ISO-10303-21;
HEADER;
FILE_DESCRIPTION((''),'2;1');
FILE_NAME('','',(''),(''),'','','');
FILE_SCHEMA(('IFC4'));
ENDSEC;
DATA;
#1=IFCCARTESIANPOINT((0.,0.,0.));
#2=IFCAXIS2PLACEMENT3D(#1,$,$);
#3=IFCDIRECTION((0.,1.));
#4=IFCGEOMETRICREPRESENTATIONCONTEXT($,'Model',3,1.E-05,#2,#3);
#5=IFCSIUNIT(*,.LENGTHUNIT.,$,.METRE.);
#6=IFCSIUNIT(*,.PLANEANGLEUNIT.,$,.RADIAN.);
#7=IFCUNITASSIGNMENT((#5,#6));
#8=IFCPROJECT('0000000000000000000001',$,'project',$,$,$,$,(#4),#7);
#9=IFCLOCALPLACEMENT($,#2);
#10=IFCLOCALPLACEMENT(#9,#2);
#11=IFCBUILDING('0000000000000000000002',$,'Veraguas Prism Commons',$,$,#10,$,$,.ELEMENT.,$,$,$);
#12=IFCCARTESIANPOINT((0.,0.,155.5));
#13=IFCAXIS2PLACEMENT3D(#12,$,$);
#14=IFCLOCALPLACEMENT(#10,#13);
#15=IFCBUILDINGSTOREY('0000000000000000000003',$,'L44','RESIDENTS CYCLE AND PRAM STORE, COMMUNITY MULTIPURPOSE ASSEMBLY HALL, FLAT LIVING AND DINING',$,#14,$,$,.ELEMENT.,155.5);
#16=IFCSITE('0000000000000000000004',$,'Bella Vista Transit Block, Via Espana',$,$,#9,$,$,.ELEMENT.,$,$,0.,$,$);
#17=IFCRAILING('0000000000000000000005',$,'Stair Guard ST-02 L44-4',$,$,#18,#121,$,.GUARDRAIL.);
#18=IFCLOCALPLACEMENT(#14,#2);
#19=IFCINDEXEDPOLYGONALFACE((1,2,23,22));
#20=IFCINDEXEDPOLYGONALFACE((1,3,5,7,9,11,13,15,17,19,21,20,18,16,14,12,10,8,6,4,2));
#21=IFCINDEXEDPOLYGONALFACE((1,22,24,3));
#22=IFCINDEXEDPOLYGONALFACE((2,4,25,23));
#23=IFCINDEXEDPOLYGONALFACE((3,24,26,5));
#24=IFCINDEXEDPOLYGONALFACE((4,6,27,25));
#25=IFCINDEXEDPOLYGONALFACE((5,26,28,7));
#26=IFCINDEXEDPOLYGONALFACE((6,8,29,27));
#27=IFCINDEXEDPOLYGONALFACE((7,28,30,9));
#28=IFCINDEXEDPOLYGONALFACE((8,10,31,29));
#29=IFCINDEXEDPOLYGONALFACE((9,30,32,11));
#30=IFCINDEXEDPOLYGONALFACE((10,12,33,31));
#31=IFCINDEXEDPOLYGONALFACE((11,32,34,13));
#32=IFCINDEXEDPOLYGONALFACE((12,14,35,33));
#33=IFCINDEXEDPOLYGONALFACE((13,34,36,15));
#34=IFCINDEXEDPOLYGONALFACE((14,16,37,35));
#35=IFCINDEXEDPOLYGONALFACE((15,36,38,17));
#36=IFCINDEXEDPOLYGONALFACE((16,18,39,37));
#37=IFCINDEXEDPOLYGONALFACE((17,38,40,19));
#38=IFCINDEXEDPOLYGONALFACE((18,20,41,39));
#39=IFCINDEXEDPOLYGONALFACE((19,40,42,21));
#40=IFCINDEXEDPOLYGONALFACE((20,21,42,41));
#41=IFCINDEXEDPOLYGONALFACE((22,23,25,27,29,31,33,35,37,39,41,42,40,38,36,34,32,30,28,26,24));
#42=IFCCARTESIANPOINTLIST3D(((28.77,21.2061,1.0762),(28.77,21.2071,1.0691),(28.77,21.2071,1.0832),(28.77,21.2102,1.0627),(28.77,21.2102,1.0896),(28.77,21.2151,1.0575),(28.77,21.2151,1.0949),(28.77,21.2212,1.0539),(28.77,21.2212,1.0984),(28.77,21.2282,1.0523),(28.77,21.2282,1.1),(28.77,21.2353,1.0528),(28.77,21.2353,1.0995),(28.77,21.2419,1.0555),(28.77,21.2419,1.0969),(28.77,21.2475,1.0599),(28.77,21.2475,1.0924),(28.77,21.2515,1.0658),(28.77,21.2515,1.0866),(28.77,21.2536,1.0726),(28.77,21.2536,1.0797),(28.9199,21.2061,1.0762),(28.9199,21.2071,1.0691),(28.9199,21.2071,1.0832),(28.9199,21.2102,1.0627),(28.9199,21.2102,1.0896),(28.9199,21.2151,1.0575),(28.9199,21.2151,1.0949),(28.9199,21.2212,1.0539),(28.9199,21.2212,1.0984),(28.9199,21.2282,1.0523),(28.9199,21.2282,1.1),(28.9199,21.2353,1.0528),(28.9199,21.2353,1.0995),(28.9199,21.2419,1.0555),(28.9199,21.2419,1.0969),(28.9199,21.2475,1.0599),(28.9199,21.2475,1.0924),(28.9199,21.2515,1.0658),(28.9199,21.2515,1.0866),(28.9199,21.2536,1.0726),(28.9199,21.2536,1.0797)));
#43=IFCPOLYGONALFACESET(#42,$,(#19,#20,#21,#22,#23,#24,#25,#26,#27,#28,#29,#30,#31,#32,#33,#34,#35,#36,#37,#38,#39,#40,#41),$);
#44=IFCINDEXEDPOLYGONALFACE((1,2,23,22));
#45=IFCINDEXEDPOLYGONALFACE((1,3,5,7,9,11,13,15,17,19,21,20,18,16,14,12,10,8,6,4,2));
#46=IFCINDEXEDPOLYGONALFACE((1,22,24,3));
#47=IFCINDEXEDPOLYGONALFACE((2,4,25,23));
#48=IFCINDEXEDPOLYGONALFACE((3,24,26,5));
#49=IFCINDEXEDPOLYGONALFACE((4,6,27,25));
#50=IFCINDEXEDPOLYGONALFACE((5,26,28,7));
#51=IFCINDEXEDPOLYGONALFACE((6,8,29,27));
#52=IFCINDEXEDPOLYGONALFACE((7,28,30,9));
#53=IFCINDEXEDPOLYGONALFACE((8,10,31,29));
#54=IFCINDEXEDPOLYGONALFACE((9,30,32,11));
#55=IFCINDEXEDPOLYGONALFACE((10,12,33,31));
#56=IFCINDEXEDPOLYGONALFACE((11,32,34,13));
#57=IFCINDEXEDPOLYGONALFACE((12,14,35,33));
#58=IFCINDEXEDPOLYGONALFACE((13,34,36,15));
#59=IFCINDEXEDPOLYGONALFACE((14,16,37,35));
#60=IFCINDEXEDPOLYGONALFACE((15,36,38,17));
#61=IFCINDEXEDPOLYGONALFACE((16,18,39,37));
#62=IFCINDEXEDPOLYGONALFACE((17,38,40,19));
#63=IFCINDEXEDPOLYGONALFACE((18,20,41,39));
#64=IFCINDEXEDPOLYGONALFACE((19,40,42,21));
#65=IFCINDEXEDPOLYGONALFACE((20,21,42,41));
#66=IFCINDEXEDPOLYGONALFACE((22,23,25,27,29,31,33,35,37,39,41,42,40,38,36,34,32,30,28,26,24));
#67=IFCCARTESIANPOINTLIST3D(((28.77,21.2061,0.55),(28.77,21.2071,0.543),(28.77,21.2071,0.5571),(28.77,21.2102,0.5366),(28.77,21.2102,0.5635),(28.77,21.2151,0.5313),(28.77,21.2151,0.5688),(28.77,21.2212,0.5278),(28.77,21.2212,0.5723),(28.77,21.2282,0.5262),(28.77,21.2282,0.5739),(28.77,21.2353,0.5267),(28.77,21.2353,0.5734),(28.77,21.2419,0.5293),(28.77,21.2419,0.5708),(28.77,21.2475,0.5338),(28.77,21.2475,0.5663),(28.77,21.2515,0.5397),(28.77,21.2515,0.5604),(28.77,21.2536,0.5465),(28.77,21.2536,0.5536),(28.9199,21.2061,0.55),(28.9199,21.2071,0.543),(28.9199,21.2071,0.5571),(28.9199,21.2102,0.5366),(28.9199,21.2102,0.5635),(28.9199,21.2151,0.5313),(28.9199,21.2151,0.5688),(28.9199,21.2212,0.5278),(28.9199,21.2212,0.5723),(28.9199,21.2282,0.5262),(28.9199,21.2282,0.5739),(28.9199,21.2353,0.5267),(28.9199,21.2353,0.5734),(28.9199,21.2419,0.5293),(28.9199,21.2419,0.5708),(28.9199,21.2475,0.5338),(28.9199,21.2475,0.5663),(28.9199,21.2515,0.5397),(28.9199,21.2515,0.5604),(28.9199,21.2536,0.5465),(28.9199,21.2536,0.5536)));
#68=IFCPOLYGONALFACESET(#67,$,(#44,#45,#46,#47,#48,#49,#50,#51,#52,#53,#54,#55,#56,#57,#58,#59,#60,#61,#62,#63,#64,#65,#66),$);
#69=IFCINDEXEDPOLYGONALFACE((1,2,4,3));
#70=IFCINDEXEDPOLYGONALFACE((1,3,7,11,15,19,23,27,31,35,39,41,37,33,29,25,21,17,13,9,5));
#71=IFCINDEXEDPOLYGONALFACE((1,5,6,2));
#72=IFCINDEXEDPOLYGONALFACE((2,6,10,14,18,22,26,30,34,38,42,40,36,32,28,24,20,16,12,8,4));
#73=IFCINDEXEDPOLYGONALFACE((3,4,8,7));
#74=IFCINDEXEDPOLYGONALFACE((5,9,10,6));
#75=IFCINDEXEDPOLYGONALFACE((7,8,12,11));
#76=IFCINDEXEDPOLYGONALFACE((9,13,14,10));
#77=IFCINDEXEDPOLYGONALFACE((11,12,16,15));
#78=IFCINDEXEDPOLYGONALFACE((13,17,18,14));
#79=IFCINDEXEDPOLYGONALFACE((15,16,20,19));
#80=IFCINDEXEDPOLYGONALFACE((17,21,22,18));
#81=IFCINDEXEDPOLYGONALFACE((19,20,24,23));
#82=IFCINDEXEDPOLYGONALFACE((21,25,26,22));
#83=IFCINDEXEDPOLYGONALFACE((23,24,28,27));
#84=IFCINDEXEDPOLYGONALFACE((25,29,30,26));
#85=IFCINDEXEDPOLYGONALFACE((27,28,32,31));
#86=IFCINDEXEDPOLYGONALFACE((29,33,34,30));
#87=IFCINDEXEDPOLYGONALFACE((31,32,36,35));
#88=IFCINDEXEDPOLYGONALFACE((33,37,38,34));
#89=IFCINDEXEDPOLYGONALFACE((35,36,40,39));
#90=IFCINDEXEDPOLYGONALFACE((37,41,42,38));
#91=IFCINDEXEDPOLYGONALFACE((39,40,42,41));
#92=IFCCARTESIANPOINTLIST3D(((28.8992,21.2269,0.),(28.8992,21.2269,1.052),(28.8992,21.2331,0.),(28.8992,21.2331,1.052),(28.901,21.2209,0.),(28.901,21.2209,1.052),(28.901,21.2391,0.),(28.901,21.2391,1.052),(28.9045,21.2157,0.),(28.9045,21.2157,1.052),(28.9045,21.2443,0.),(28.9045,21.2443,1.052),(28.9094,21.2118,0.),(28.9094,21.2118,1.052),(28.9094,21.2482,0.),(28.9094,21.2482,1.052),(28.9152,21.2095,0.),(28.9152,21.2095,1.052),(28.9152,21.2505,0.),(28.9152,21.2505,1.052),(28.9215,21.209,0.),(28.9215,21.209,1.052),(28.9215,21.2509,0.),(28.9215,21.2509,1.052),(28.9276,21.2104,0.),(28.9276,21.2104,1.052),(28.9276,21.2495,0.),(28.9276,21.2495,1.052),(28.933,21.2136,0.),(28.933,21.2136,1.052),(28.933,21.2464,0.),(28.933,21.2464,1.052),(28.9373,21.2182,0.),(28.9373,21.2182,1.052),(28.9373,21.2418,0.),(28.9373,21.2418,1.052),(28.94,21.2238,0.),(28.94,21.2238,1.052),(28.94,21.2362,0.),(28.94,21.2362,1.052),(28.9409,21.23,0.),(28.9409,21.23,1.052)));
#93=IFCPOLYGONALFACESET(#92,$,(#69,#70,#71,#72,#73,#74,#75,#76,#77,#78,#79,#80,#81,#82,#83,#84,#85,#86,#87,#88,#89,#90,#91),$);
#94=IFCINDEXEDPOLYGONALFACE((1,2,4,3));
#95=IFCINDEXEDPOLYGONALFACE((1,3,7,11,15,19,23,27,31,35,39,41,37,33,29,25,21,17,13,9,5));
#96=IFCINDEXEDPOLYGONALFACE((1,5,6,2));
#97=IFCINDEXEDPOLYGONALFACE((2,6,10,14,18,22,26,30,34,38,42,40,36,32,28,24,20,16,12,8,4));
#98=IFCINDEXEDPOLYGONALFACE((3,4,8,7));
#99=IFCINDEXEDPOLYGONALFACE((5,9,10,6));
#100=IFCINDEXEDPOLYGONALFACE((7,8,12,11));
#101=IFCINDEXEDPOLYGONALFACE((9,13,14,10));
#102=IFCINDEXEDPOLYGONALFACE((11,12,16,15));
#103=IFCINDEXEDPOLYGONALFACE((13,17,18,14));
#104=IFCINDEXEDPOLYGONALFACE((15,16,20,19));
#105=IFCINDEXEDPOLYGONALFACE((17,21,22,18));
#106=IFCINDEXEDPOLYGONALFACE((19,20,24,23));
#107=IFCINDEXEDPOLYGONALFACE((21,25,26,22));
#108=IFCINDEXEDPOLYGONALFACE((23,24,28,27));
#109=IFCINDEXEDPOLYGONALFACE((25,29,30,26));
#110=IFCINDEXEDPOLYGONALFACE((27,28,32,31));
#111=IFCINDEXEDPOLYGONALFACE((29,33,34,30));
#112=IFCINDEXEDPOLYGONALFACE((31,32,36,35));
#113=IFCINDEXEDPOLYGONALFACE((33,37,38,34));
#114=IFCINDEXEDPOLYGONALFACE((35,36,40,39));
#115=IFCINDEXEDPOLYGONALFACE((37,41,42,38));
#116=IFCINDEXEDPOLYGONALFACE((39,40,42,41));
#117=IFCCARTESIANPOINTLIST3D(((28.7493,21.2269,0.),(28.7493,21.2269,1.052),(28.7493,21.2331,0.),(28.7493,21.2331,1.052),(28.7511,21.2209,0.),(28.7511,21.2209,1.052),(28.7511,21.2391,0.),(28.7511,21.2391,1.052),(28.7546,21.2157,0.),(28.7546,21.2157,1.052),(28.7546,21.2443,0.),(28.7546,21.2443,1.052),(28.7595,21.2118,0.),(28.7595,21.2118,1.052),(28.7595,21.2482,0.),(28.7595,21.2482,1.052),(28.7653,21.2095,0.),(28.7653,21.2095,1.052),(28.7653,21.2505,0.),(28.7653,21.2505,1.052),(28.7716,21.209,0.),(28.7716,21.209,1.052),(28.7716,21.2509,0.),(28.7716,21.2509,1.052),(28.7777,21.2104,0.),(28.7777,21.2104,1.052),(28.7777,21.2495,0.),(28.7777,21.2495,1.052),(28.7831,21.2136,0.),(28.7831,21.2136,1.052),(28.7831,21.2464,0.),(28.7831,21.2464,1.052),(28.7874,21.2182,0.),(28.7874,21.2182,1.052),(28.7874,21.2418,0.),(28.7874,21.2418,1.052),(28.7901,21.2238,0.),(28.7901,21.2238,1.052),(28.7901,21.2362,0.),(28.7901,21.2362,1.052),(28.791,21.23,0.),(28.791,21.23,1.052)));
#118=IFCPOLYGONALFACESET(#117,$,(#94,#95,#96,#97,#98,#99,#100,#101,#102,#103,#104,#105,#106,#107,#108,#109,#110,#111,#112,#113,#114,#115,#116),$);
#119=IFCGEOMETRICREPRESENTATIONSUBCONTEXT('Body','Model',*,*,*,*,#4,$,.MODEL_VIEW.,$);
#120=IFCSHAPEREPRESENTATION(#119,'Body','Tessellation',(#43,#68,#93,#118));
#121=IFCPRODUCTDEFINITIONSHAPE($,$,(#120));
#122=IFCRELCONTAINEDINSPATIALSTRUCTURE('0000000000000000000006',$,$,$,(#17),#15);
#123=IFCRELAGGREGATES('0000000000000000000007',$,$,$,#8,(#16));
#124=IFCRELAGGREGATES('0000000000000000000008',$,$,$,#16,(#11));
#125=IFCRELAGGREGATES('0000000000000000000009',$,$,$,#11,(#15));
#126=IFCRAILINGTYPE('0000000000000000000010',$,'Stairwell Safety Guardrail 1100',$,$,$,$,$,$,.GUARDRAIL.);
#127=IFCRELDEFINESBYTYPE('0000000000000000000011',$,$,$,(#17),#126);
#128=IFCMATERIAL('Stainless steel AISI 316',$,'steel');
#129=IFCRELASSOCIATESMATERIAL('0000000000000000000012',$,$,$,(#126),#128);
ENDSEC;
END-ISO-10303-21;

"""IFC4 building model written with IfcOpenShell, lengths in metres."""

from ifc_helpers import new_model, si_unit, direction, frame, origin, origin_2d, place, context, subcontext, project, spatial, circle, extrude, material, type_object, element, save


model = new_model("IFC4")

# Units and contexts
model_context = context("Model", 3, precision=1e-05, world=origin(), true_north=direction((0.0, 1.0)))
body_context = subcontext(model_context, "Body", "Model", "MODEL_VIEW")
ifc_project = project(units=[si_unit("LENGTHUNIT", "METRE"), si_unit("PLANEANGLEUNIT", "RADIAN")], contexts=[model_context])

# Site, building, storey
site_placement = place(None, origin())
site = spatial("IfcSite", under=ifc_project, at=site_placement, Name="Bella Vista Transit Block, Via Espana", CompositionType="ELEMENT", RefElevation=0.0)
building_placement = place(site_placement, origin())
building = spatial("IfcBuilding", under=site, at=building_placement, Name="Veraguas Prism Commons", CompositionType="ELEMENT")
storey_placement = place(building_placement, frame((0.0, 0.0, 155.5)))
storey = spatial("IfcBuildingStorey", under=building, at=storey_placement, Name="L44", Description="RESIDENTS CYCLE AND PRAM STORE, COMMUNITY MULTIPURPOSE ASSEMBLY HALL, FLAT LIVING AND DINING", CompositionType="ELEMENT", Elevation=155.5)

# Shared definitions
ifc_material_1 = material(Name="Stainless steel AISI 316", Category="steel")

# Railing
railing_type_1 = type_object("IfcRailingType", Name="Stairwell Safety Guardrail 1100", PredefinedType="GUARDRAIL", material=ifc_material_1)
railing_1_placement = place(storey_placement, frame((28.9199, 21.23, 0.0)))
element("IfcRailing", 1, at=railing_1_placement, inside=storey, type_object=railing_type_1, Name="Stair Guard ST-02 L44-4", PredefinedType="GUARDRAIL", context=body_context, shape_type="SweptSolid", body=[
    extrude(circle(Radius=0.0239, at=origin_2d()), frame((0.0, 0.0, 1.0762), z_axis=(-1.0, 0.0, 0.0), x_axis=(0.0, -1.0, 0.0)), (0.0, 0.0, 1.0), 0.1499),
    extrude(circle(Radius=0.0239, at=origin_2d()), frame((0.0, 0.0, 0.55), z_axis=(-1.0, 0.0, 0.0), x_axis=(0.0, -1.0, 0.0)), (0.0, 0.0, 1.0), 0.1499),
    extrude(circle(Radius=0.021, at=origin_2d()), origin(), (0.0, 0.0, 1.0), 1.052),
    extrude(circle(Radius=0.021, at=origin_2d()), frame((-0.1499, 0.0, 0.0)), (0.0, 0.0, 1.0), 1.052),
])

save(model, "model.ifc")
